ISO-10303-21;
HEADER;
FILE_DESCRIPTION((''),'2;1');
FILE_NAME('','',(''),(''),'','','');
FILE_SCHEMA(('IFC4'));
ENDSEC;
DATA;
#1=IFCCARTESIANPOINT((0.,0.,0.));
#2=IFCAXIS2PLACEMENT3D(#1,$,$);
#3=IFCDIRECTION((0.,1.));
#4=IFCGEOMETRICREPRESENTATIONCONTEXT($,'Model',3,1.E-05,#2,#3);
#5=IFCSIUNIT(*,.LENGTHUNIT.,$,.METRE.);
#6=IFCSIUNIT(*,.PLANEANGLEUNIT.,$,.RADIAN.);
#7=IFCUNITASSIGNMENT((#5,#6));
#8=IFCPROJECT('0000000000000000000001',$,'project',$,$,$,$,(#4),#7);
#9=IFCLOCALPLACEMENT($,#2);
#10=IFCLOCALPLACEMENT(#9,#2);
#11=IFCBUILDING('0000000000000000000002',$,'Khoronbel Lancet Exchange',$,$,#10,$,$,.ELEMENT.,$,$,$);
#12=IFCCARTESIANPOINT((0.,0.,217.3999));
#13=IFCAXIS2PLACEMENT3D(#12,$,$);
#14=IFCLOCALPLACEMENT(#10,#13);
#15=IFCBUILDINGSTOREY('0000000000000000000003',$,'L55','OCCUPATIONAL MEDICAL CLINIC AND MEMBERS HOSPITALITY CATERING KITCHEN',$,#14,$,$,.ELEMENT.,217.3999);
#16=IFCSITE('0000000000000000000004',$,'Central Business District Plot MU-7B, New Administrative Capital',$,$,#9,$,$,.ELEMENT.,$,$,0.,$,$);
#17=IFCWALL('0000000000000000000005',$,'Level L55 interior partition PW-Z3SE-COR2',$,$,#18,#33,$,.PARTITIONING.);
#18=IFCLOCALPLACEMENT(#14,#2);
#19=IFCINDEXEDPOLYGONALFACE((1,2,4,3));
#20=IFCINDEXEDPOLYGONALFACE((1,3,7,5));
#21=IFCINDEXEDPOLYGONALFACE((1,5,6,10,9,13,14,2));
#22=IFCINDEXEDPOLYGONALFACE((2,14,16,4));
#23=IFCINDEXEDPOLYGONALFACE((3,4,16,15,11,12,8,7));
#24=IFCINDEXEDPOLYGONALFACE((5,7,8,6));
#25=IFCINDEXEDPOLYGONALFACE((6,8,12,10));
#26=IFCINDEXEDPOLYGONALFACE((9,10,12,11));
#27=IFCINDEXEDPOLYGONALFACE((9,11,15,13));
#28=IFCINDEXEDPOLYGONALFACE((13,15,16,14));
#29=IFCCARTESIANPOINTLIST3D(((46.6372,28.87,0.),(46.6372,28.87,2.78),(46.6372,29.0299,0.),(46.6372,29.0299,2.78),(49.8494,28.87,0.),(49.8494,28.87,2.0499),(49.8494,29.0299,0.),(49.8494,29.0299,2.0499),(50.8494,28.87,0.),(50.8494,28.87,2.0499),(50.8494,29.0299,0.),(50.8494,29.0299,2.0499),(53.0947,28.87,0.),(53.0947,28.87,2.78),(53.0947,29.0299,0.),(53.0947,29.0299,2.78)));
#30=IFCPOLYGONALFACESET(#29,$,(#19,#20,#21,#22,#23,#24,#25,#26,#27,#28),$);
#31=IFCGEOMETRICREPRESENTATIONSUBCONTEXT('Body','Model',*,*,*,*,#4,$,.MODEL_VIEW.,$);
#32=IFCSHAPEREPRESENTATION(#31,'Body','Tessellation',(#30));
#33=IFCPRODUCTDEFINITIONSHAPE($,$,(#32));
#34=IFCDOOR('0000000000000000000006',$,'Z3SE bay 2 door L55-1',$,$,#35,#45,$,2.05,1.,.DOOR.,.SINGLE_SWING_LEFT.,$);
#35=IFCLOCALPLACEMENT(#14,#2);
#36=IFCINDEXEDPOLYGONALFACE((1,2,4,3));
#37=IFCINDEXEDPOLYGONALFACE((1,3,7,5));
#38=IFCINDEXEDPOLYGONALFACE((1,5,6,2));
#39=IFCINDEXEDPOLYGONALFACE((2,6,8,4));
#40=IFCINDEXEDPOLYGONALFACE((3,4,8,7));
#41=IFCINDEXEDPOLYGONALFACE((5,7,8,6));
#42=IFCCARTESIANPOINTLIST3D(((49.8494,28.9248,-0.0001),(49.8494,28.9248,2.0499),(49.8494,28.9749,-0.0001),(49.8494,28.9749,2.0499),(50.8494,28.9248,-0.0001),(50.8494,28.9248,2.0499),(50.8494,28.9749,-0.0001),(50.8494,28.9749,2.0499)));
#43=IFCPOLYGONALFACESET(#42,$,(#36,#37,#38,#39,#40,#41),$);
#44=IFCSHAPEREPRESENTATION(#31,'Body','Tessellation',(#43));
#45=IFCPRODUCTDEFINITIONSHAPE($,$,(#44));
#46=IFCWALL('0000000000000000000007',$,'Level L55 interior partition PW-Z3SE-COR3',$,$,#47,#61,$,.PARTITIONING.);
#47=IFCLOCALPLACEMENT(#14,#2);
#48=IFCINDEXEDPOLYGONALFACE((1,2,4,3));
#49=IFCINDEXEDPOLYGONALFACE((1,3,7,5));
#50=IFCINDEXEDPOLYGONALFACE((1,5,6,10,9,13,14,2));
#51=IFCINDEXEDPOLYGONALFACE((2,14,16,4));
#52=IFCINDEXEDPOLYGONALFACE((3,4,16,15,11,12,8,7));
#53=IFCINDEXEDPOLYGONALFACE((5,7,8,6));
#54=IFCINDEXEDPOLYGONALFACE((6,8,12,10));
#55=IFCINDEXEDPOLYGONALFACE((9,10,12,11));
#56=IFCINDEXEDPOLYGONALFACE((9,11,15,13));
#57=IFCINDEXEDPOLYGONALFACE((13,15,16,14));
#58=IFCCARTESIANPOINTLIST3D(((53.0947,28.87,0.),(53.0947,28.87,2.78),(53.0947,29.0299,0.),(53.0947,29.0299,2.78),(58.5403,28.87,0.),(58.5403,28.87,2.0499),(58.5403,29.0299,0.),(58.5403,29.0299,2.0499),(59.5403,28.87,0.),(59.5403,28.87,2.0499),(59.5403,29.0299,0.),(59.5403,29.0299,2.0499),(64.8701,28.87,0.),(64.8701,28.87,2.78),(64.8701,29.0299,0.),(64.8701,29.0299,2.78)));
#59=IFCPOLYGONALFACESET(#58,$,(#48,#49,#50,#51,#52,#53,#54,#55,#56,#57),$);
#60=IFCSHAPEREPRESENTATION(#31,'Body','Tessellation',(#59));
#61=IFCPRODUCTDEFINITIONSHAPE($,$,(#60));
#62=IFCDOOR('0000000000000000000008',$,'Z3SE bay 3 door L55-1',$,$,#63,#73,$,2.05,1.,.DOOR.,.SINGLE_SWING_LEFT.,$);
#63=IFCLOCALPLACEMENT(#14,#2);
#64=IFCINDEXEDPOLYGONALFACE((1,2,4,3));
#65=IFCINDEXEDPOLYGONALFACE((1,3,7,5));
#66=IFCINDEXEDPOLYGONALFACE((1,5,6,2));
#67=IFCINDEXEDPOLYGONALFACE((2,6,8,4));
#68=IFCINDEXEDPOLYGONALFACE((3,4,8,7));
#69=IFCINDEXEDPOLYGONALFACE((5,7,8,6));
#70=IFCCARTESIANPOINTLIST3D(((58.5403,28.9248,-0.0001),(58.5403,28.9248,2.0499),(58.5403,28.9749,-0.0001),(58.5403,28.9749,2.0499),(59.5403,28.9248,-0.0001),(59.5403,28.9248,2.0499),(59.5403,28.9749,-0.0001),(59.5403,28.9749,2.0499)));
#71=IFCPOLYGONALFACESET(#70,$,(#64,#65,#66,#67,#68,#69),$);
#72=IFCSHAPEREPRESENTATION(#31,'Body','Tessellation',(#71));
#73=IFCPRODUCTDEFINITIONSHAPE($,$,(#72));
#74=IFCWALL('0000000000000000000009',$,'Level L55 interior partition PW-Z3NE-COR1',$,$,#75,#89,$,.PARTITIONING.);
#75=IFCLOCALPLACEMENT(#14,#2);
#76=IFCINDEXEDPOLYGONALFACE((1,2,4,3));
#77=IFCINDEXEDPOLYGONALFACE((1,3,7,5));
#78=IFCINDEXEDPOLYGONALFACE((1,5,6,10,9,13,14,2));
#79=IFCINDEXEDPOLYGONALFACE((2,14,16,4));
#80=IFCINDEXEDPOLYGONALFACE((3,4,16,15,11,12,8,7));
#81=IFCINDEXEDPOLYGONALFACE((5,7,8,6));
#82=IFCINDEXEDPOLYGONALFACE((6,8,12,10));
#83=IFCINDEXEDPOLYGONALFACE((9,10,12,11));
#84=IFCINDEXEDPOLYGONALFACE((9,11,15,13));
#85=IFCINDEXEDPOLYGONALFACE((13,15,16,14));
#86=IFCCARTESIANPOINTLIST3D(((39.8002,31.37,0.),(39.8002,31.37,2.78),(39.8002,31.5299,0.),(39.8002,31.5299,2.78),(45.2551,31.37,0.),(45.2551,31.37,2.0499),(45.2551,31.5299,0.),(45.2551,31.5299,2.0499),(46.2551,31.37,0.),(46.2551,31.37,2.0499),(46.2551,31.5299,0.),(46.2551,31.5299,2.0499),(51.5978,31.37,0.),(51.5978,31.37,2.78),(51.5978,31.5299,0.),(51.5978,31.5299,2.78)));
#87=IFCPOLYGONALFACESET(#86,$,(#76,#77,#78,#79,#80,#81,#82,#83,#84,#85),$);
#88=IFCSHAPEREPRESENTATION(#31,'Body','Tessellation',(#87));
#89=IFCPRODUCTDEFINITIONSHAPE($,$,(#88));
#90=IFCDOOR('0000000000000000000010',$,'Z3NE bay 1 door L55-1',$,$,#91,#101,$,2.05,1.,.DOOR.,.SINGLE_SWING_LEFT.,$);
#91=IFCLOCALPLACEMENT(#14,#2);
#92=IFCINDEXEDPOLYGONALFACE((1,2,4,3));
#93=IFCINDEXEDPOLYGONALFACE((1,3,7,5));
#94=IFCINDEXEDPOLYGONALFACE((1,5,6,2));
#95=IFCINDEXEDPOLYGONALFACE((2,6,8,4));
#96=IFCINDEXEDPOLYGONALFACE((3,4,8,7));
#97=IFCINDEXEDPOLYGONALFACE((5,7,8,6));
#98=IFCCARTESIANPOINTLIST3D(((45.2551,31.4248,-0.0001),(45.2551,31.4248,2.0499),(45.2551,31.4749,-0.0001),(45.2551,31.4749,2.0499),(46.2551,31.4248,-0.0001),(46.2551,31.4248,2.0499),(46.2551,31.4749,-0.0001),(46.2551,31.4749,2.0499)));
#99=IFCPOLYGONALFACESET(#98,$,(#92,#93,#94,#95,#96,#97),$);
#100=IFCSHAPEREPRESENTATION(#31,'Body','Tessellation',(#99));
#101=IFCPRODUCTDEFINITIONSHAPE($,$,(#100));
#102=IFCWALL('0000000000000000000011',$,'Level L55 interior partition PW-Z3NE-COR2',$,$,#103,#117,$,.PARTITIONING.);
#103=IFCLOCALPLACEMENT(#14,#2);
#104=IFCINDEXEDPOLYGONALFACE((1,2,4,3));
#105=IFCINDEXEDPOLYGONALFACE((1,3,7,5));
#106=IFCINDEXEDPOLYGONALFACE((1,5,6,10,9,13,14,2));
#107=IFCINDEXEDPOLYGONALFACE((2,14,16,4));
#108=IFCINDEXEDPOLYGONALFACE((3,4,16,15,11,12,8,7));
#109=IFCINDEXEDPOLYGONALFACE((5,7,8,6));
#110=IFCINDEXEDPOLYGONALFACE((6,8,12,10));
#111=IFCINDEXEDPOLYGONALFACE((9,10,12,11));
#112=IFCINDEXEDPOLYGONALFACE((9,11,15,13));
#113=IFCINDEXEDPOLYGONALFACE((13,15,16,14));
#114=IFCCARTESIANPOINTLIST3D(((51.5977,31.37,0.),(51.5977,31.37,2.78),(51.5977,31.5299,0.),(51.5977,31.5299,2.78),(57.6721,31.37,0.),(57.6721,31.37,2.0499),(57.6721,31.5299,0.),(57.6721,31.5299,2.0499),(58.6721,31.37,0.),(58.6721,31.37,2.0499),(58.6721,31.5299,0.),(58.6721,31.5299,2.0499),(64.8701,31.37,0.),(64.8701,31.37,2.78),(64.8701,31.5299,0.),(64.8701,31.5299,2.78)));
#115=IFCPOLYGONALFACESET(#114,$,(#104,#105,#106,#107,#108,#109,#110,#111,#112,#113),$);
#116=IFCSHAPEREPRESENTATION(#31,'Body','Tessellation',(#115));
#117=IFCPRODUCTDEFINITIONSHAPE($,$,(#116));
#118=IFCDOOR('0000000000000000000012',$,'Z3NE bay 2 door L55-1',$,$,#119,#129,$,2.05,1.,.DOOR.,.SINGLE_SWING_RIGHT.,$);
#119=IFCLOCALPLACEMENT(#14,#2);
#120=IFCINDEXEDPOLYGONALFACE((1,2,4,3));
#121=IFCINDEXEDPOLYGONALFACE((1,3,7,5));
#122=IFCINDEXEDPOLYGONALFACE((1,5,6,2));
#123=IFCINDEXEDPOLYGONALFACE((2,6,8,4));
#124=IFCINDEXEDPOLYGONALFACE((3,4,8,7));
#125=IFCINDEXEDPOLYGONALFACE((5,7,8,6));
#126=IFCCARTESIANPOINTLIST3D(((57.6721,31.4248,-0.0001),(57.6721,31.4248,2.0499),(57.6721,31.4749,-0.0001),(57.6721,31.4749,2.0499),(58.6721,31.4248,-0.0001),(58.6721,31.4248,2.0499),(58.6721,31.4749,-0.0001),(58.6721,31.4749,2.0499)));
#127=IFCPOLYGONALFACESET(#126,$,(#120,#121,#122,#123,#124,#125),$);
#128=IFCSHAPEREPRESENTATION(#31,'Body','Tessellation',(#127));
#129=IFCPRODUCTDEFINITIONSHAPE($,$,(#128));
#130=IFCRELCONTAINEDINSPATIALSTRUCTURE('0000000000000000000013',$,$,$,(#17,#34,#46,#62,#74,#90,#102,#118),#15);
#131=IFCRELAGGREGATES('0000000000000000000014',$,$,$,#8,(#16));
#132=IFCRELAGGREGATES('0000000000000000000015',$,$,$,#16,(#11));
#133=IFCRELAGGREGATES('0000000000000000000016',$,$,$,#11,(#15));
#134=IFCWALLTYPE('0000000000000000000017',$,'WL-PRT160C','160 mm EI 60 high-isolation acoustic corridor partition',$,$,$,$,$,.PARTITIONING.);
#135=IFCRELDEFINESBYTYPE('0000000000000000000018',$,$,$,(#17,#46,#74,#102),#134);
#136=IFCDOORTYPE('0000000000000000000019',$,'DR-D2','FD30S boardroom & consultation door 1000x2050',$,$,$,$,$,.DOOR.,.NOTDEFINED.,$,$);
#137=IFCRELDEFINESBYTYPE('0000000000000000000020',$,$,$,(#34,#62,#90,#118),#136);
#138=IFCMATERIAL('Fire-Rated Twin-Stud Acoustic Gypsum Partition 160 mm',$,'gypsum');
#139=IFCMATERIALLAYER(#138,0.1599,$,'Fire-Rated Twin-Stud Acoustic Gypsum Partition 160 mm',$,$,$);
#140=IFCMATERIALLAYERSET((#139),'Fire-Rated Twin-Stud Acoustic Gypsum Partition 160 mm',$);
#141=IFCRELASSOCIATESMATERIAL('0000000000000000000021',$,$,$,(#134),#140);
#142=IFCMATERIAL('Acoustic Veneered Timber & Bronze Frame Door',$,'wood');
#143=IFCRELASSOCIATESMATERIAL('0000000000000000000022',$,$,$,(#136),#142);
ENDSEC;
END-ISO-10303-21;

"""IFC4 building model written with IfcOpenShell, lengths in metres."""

from ifc_helpers import new_model, si_unit, direction, frame, frame_2d, origin, place, context, subcontext, project, spatial, rectangle, extrude, material, layer, layer_set, type_object, element, fill, save


model = new_model("IFC4")

# Units and contexts
model_context = context("Model", 3, precision=1e-05, world=origin(), true_north=direction((0.0, 1.0)))
body_context = subcontext(model_context, "Body", "Model", "MODEL_VIEW")
ifc_project = project(units=[si_unit("LENGTHUNIT", "METRE"), si_unit("PLANEANGLEUNIT", "RADIAN")], contexts=[model_context])

# Site, building, storey
site_placement = place(None, origin())
site = spatial("IfcSite", under=ifc_project, at=site_placement, Name="Central Business District Plot MU-7B, New Administrative Capital", CompositionType="ELEMENT", RefElevation=0.0)
building_placement = place(site_placement, origin())
building = spatial("IfcBuilding", under=site, at=building_placement, Name="Khoronbel Lancet Exchange", CompositionType="ELEMENT")
storey_placement = place(building_placement, frame((0.0, 0.0, 217.3999)))
storey = spatial("IfcBuildingStorey", under=building, at=storey_placement, Name="L55", Description="OCCUPATIONAL MEDICAL CLINIC AND MEMBERS HOSPITALITY CATERING KITCHEN", CompositionType="ELEMENT", Elevation=217.3999)

# Walls, openings, doors
ifc_material_1 = material(Name="Fire-Rated Twin-Stud Acoustic Gypsum Partition 160 mm", Category="gypsum")
ifc_layer_1 = layer(ifc_material_1, 0.1599, Name="Fire-Rated Twin-Stud Acoustic Gypsum Partition 160 mm")
ifc_layer_set_1 = layer_set([ifc_layer_1], Name="Fire-Rated Twin-Stud Acoustic Gypsum Partition 160 mm")
wall_type_1 = type_object("IfcWallType", Name="WL-PRT160C", Description="160 mm EI 60 high-isolation acoustic corridor partition", PredefinedType="PARTITIONING", material=ifc_layer_set_1)
wall_1_placement = place(storey_placement, frame((46.6372, 28.95, 0.0), z_axis=(0.0, 0.0, 1.0), x_axis=(1.0, 0.0, 0.0)))
wall_1 = element("IfcWall", 1, at=wall_1_placement, inside=storey, type_object=wall_type_1, Name="Level L55 interior partition PW-Z3SE-COR2", PredefinedType="PARTITIONING", context=body_context, shape_type="SweptSolid", body=[
    extrude(rectangle(XDim=6.4575, YDim=0.1599, at=frame_2d((3.2288, 0.0))), origin(), (0.0, 0.0, 1.0), 2.78),
])
opening_1_placement = place(wall_1_placement, frame((3.2122, 0.0, 0.0)))
opening_1 = element("IfcOpeningElement", 2, at=opening_1_placement, cuts=wall_1, PredefinedType="OPENING", context=body_context, shape_type="SweptSolid", body=[
    extrude(rectangle(XDim=1.0, YDim=2.05, at=frame_2d((0.5, 1.0249))), frame((0.0, 0.0898, 0.0), z_axis=(0.0, -1.0, 0.0), x_axis=(1.0, 0.0, 0.0)), (0.0, 0.0, 1.0), 0.1799),
])
ifc_material_2 = material(Name="Acoustic Veneered Timber & Bronze Frame Door", Category="wood")
door_type = type_object("IfcDoorType", Name="DR-D2", Description="FD30S boardroom & consultation door 1000x2050", OperationType="NOTDEFINED", PredefinedType="DOOR", material=ifc_material_2)
door_1_placement = place(opening_1_placement, origin())
door_1 = element("IfcDoor", 3, at=door_1_placement, inside=storey, type_object=door_type, Name="Z3SE bay 2 door L55-1", OperationType="SINGLE_SWING_LEFT", OverallHeight=2.05, OverallWidth=1.0, PredefinedType="DOOR", context=body_context, shape_type="SweptSolid", body=[
    extrude(rectangle(XDim=1.0, YDim=2.05, at=frame_2d((0.5, 1.0249))), frame((0.0, 0.0249, 0.0), z_axis=(0.0, -1.0, 0.0), x_axis=(1.0, 0.0, 0.0)), (0.0, 0.0, 1.0), 0.05),
])
fill(opening_1, door_1)
wall_2_placement = place(storey_placement, frame((53.0947, 28.95, 0.0), z_axis=(0.0, 0.0, 1.0), x_axis=(1.0, 0.0, 0.0)))
wall_2 = element("IfcWall", 4, at=wall_2_placement, inside=storey, type_object=wall_type_1, Name="Level L55 interior partition PW-Z3SE-COR3", PredefinedType="PARTITIONING", context=body_context, shape_type="SweptSolid", body=[
    extrude(rectangle(XDim=11.7754, YDim=0.1599, at=frame_2d((5.8877, 0.0))), origin(), (0.0, 0.0, 1.0), 2.78),
])
opening_2_placement = place(wall_2_placement, frame((5.4456, 0.0, 0.0)))
opening_2 = element("IfcOpeningElement", 5, at=opening_2_placement, cuts=wall_2, PredefinedType="OPENING", context=body_context, shape_type="SweptSolid", body=[
    extrude(rectangle(XDim=1.0, YDim=2.05, at=frame_2d((0.5, 1.0249))), frame((0.0, 0.0898, 0.0), z_axis=(0.0, -1.0, 0.0), x_axis=(1.0, 0.0, 0.0)), (0.0, 0.0, 1.0), 0.1799),
])
door_2_placement = place(opening_2_placement, origin())
door_2 = element("IfcDoor", 6, at=door_2_placement, inside=storey, type_object=door_type, Name="Z3SE bay 3 door L55-1", OperationType="SINGLE_SWING_LEFT", OverallHeight=2.05, OverallWidth=1.0, PredefinedType="DOOR", context=body_context, shape_type="SweptSolid", body=[
    extrude(rectangle(XDim=1.0, YDim=2.05, at=frame_2d((0.5, 1.0249))), frame((0.0, 0.0249, 0.0), z_axis=(0.0, -1.0, 0.0), x_axis=(1.0, 0.0, 0.0)), (0.0, 0.0, 1.0), 0.05),
])
fill(opening_2, door_2)
wall_3_placement = place(storey_placement, frame((39.8, 31.45, 0.0), z_axis=(0.0, 0.0, 1.0), x_axis=(1.0, 0.0, 0.0)))
wall_3 = element("IfcWall", 7, at=wall_3_placement, inside=storey, type_object=wall_type_1, Name="Level L55 interior partition PW-Z3NE-COR1", PredefinedType="PARTITIONING", context=body_context, shape_type="SweptSolid", body=[
    extrude(rectangle(XDim=11.7976, YDim=0.1599, at=frame_2d((5.8989, 0.0))), origin(), (0.0, 0.0, 1.0), 2.78),
])
opening_3_placement = place(wall_3_placement, frame((5.4551, 0.0, 0.0)))
opening_3 = element("IfcOpeningElement", 8, at=opening_3_placement, cuts=wall_3, PredefinedType="OPENING", context=body_context, shape_type="SweptSolid", body=[
    extrude(rectangle(XDim=1.0, YDim=2.05, at=frame_2d((0.5, 1.0249))), frame((0.0, 0.0898, 0.0), z_axis=(0.0, -1.0, 0.0), x_axis=(1.0, 0.0, 0.0)), (0.0, 0.0, 1.0), 0.1799),
])
door_3_placement = place(opening_3_placement, origin())
door_3 = element("IfcDoor", 9, at=door_3_placement, inside=storey, type_object=door_type, Name="Z3NE bay 1 door L55-1", OperationType="SINGLE_SWING_LEFT", OverallHeight=2.05, OverallWidth=1.0, PredefinedType="DOOR", context=body_context, shape_type="SweptSolid", body=[
    extrude(rectangle(XDim=1.0, YDim=2.05, at=frame_2d((0.5, 1.0249))), frame((0.0, 0.0249, 0.0), z_axis=(0.0, -1.0, 0.0), x_axis=(1.0, 0.0, 0.0)), (0.0, 0.0, 1.0), 0.05),
])
fill(opening_3, door_3)
wall_4_placement = place(storey_placement, frame((51.5977, 31.45, 0.0), z_axis=(0.0, 0.0, 1.0), x_axis=(1.0, 0.0, 0.0)))
wall_4 = element("IfcWall", 10, at=wall_4_placement, inside=storey, type_object=wall_type_1, Name="Level L55 interior partition PW-Z3NE-COR2", PredefinedType="PARTITIONING", context=body_context, shape_type="SweptSolid", body=[
    extrude(rectangle(XDim=13.2725, YDim=0.1599, at=frame_2d((6.6362, 0.0))), origin(), (0.0, 0.0, 1.0), 2.78),
])
opening_4_placement = place(wall_4_placement, frame((6.0745, 0.0, 0.0)))
opening_4 = element("IfcOpeningElement", 11, at=opening_4_placement, cuts=wall_4, PredefinedType="OPENING", context=body_context, shape_type="SweptSolid", body=[
    extrude(rectangle(XDim=1.0, YDim=2.05, at=frame_2d((0.5, 1.0249))), frame((0.0, 0.0898, 0.0), z_axis=(0.0, -1.0, 0.0), x_axis=(1.0, 0.0, 0.0)), (0.0, 0.0, 1.0), 0.1799),
])
door_4_placement = place(opening_4_placement, origin())
door_4 = element("IfcDoor", 12, at=door_4_placement, inside=storey, type_object=door_type, Name="Z3NE bay 2 door L55-1", OperationType="SINGLE_SWING_RIGHT", OverallHeight=2.05, OverallWidth=1.0, PredefinedType="DOOR", context=body_context, shape_type="SweptSolid", body=[
    extrude(rectangle(XDim=1.0, YDim=2.05, at=frame_2d((0.5, 1.0249))), frame((0.0, 0.0249, 0.0), z_axis=(0.0, -1.0, 0.0), x_axis=(1.0, 0.0, 0.0)), (0.0, 0.0, 1.0), 0.05),
])
fill(opening_4, door_4)

save(model, "model.ifc")
